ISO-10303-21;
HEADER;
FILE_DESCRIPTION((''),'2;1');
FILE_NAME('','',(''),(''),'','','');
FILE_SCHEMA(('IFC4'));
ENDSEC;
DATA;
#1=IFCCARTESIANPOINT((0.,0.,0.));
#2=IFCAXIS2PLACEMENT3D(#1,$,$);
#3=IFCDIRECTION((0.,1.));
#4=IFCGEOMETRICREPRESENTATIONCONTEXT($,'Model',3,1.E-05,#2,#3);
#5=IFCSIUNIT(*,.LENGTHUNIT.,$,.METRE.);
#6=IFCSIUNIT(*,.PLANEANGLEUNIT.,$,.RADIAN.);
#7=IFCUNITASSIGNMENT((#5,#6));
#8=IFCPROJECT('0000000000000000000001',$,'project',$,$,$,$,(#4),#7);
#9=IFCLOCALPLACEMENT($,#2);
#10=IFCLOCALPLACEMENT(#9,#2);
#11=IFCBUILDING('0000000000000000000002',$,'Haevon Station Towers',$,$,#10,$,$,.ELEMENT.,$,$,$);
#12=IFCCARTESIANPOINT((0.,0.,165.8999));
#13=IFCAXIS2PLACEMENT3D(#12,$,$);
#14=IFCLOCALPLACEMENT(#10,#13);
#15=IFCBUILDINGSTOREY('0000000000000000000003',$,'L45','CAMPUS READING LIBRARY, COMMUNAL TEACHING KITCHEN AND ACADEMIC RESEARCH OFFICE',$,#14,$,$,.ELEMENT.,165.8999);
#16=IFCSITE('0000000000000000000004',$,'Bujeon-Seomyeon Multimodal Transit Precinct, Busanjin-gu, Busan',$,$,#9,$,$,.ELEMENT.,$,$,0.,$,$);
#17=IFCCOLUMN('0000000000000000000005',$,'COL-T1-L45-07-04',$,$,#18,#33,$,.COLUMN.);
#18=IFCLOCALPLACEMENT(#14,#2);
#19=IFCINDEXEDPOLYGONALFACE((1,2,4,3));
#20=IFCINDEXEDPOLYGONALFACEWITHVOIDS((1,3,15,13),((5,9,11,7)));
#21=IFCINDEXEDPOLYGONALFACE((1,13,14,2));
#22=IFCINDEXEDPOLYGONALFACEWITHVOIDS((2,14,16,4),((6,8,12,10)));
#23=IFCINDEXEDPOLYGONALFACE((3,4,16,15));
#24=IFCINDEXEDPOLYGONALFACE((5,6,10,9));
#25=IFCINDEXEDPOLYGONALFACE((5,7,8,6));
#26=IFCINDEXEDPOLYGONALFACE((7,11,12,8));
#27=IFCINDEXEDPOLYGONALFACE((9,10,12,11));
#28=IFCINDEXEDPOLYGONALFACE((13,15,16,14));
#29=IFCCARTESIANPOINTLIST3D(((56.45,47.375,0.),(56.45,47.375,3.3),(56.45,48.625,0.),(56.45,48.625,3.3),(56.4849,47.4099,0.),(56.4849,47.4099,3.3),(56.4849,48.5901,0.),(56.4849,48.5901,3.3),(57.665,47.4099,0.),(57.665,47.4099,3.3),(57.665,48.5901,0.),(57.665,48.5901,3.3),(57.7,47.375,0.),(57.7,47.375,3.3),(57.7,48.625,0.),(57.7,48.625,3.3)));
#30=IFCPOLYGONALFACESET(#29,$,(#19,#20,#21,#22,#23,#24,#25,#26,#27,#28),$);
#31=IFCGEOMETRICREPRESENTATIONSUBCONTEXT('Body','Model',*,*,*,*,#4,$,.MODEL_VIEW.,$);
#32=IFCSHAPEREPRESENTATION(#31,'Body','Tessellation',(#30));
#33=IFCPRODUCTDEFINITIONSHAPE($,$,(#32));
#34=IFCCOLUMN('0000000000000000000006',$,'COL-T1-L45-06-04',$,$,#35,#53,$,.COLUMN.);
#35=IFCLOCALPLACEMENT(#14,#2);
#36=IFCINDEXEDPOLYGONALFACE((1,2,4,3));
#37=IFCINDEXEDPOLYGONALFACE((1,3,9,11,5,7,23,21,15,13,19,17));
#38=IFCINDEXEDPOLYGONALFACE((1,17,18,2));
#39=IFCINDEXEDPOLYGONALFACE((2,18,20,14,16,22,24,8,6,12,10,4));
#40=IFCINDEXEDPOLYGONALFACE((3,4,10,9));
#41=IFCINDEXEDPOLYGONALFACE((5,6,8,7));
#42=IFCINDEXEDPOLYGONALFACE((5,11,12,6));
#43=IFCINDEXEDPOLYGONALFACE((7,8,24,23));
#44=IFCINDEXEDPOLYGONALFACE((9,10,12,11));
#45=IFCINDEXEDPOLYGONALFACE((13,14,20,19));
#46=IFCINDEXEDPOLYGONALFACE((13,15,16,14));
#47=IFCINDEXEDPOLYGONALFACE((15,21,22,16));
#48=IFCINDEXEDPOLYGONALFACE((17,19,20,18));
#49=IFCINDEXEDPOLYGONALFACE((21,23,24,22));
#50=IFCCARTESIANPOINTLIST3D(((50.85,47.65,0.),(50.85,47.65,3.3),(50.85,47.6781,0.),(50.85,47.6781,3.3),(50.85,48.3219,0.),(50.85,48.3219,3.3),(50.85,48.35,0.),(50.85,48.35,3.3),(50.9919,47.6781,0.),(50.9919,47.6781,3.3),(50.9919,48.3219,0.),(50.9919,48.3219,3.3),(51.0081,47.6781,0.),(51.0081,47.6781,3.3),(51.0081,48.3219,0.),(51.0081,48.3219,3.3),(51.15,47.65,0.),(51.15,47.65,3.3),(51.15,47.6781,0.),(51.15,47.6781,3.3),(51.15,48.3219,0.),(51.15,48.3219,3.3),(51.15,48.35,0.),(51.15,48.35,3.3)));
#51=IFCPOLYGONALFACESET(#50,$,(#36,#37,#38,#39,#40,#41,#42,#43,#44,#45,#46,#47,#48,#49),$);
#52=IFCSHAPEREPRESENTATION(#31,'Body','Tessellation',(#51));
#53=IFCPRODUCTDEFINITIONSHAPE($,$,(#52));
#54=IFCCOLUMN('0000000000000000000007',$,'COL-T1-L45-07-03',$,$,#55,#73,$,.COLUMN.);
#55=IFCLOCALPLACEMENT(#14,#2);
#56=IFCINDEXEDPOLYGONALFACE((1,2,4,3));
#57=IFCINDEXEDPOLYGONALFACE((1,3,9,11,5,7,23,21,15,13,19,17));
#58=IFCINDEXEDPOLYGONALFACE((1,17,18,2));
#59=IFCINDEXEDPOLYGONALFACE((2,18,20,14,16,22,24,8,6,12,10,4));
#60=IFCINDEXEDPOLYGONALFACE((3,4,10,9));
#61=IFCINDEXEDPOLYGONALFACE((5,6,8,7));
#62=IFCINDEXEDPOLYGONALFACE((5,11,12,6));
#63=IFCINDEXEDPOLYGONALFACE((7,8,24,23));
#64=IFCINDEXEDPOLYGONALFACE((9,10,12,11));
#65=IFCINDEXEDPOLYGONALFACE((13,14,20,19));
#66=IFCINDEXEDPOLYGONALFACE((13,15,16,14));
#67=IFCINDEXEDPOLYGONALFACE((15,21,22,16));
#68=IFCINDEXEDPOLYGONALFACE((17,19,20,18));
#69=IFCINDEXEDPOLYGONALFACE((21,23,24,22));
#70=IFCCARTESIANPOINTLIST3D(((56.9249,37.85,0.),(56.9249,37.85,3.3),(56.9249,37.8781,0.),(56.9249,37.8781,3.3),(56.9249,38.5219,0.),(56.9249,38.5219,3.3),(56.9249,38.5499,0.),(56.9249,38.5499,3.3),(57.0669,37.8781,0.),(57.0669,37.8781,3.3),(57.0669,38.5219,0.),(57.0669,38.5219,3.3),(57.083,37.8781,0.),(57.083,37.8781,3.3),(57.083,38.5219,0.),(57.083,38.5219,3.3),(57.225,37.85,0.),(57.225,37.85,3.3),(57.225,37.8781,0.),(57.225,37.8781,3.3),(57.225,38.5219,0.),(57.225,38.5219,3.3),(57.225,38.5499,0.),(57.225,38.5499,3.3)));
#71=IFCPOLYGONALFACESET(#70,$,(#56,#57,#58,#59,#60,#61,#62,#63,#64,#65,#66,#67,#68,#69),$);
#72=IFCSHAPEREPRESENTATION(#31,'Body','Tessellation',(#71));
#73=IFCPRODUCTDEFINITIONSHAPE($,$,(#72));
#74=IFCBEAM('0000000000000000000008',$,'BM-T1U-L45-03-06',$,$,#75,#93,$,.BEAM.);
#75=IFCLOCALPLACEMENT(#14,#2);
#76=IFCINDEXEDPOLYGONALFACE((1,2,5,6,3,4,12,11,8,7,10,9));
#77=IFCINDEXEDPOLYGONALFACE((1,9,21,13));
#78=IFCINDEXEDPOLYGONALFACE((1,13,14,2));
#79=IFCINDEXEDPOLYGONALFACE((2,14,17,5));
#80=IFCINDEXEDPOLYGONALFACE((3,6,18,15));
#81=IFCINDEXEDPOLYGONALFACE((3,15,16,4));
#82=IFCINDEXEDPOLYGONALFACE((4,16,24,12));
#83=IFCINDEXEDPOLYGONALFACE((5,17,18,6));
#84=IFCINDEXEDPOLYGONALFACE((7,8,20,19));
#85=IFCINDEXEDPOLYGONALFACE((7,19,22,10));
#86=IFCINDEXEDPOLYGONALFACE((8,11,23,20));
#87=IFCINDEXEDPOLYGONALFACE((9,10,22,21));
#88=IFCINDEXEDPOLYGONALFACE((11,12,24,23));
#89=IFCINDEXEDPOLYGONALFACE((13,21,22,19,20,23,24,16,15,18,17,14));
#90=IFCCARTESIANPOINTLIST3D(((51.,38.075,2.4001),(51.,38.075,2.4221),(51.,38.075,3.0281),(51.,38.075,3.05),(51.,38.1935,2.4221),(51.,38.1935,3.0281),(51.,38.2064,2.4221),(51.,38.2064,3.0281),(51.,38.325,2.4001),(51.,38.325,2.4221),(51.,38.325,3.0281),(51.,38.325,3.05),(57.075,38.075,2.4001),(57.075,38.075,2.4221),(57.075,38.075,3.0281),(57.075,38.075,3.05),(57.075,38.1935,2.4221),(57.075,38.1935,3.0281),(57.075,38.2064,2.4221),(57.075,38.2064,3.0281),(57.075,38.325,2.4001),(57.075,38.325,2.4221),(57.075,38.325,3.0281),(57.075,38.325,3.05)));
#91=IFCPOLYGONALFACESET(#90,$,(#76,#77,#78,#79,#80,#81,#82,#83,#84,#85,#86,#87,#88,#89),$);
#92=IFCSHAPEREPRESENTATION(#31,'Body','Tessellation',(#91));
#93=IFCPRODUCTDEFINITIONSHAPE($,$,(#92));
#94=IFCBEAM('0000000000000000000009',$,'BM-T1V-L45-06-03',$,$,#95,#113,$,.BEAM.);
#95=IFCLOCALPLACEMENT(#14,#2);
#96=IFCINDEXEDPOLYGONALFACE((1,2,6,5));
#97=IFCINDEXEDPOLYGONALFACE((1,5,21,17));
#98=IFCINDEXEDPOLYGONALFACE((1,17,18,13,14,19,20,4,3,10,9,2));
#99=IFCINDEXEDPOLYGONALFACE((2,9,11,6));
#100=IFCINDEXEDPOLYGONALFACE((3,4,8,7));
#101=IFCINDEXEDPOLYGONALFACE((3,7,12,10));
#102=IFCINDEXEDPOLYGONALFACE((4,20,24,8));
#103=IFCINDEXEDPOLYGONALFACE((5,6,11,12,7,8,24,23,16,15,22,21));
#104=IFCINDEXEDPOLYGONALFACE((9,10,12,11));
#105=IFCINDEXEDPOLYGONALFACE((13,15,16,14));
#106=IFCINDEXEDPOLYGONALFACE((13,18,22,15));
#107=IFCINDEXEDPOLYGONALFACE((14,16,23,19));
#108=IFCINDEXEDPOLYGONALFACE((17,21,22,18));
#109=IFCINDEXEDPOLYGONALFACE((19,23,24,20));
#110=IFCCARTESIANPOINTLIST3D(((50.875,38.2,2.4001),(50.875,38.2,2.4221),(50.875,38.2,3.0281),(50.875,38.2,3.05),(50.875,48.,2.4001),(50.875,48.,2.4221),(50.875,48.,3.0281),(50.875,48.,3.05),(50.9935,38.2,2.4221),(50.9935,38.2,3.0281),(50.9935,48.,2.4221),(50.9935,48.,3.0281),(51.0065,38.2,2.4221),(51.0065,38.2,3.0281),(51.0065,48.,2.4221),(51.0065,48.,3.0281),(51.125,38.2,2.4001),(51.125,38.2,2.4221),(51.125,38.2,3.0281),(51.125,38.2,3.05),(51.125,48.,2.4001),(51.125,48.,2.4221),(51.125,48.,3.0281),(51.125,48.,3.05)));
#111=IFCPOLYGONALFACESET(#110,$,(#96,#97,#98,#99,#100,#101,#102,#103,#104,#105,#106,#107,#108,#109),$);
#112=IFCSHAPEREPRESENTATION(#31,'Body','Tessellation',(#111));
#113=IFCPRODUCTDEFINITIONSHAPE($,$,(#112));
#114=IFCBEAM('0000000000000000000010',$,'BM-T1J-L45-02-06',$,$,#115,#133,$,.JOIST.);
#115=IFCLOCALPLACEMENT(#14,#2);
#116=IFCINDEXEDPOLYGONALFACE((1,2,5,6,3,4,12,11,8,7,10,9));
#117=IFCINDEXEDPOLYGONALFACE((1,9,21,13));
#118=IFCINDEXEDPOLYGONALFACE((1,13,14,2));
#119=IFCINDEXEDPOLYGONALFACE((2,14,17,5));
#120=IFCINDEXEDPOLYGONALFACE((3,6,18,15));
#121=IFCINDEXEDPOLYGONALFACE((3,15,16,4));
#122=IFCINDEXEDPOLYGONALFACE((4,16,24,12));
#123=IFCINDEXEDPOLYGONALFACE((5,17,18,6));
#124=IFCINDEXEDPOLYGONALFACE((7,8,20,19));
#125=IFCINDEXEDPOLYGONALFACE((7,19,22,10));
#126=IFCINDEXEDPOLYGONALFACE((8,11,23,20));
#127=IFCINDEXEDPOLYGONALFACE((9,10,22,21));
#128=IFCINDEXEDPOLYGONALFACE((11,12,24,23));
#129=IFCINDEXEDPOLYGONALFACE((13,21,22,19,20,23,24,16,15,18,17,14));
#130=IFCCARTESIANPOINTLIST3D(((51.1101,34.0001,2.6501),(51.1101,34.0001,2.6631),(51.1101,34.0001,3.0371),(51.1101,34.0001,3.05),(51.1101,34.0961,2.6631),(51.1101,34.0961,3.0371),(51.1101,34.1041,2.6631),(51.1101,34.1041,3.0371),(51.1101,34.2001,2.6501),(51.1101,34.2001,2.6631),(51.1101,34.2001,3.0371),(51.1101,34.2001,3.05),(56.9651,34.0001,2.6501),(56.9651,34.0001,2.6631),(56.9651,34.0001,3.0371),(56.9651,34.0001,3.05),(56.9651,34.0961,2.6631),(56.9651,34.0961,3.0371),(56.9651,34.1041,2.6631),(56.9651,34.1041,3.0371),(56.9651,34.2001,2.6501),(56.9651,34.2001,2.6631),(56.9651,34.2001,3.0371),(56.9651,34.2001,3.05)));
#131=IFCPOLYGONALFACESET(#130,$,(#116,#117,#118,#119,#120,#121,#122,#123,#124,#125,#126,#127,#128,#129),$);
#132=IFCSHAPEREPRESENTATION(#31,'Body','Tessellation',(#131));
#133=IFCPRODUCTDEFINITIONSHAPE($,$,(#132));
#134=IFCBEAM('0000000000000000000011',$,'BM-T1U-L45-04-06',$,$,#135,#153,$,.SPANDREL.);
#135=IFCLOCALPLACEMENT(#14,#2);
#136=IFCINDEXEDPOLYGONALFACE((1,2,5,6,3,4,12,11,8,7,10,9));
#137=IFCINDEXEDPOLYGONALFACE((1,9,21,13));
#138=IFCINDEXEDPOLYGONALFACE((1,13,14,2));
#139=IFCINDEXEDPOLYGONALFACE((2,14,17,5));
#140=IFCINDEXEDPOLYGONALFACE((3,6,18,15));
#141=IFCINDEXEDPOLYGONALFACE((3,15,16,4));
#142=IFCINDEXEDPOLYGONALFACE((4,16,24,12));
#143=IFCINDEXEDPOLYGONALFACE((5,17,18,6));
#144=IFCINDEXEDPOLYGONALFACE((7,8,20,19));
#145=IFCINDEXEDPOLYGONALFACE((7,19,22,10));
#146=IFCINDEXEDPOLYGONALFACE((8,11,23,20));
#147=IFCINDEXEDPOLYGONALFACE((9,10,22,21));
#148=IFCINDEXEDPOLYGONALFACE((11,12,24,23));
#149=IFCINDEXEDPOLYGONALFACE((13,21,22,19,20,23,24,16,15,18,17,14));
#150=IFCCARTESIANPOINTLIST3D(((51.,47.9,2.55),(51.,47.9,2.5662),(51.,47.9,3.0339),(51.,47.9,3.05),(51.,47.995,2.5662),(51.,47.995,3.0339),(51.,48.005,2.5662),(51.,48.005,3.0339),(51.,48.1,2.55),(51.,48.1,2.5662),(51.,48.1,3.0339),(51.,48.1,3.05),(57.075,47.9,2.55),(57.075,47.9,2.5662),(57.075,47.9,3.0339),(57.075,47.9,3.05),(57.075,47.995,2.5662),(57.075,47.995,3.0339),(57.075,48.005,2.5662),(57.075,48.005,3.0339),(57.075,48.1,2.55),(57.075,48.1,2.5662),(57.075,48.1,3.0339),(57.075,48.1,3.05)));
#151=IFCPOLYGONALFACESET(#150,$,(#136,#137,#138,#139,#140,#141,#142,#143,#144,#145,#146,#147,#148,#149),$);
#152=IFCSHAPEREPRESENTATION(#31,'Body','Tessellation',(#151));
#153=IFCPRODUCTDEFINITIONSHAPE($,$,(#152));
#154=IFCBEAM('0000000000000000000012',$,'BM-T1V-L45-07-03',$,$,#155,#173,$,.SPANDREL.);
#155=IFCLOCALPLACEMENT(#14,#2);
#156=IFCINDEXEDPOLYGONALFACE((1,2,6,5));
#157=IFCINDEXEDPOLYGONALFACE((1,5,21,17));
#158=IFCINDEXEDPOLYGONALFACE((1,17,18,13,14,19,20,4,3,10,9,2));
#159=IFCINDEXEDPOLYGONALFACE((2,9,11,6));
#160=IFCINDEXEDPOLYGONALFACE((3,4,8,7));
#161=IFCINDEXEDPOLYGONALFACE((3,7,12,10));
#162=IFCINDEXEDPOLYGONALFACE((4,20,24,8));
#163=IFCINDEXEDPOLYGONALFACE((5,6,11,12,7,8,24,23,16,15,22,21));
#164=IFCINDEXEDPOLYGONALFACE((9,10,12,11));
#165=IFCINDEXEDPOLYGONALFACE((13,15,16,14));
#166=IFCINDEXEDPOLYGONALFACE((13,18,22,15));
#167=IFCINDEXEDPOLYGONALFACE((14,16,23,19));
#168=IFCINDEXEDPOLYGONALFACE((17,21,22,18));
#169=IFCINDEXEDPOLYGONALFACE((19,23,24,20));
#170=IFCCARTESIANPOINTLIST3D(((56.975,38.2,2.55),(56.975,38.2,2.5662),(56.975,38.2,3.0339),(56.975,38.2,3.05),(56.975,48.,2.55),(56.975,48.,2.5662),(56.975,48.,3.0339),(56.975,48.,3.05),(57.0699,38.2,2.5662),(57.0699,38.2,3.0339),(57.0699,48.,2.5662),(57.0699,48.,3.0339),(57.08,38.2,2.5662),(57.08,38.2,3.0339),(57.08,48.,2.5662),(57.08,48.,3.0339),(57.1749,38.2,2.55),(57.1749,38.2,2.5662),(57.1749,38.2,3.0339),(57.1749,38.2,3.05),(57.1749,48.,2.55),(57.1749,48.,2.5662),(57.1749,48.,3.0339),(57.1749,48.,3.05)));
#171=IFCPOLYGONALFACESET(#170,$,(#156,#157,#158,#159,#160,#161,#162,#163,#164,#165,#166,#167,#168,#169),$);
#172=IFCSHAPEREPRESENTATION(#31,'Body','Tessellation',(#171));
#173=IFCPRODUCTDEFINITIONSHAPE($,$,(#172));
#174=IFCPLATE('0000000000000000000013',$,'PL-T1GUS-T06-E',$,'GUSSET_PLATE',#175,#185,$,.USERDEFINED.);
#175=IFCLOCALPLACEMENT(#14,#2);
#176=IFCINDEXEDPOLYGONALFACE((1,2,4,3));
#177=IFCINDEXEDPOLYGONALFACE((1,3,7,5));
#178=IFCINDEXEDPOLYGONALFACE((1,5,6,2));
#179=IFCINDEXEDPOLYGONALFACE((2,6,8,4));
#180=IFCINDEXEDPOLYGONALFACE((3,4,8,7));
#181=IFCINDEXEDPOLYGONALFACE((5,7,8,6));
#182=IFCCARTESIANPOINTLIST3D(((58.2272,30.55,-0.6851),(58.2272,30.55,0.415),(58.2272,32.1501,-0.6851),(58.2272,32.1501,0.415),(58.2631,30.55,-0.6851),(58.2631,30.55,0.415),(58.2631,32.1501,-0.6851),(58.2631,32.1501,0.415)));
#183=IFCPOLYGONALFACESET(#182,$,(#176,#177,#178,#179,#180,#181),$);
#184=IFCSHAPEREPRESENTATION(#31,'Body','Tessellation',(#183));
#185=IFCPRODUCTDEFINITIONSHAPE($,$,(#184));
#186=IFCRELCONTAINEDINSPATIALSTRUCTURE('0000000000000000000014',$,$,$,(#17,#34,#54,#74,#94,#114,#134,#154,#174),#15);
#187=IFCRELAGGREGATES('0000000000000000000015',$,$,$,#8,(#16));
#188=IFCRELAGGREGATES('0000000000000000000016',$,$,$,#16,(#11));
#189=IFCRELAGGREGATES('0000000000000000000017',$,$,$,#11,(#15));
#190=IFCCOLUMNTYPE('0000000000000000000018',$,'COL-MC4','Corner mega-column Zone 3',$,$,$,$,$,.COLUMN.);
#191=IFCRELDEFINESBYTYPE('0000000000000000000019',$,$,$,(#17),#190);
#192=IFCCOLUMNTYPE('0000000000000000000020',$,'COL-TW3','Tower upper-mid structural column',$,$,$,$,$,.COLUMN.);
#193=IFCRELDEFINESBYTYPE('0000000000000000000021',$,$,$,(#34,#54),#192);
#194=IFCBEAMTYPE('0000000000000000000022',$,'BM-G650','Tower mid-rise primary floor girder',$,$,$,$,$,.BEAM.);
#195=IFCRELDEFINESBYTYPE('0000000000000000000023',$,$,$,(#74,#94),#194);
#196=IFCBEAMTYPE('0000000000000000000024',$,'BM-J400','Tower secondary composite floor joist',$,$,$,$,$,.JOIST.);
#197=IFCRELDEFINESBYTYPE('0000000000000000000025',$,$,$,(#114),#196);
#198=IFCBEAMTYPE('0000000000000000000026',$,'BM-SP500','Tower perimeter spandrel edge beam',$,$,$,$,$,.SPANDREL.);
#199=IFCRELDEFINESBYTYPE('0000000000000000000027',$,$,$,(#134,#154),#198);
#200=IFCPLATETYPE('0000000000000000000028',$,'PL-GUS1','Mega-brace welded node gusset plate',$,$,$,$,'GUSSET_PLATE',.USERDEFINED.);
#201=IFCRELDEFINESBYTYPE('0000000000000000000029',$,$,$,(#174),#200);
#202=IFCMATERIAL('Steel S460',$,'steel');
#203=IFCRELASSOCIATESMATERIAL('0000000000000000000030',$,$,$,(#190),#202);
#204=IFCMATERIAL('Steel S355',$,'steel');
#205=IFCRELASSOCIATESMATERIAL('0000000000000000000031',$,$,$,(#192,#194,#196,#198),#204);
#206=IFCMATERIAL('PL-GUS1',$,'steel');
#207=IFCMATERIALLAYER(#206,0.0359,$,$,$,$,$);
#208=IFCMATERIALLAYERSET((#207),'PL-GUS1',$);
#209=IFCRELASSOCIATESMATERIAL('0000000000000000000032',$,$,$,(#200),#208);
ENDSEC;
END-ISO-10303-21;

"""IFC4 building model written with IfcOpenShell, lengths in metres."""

from ifc_helpers import new_model, si_unit, direction, frame, origin, origin_2d, place, context, subcontext, project, spatial, rectangle, hollow_rectangle, i_section, extrude, material, layer, layer_set, material_profile, profile_set, type_object, element, save


model = new_model("IFC4")

# Units and contexts
model_context = context("Model", 3, precision=1e-05, world=origin(), true_north=direction((0.0, 1.0)))
body_context = subcontext(model_context, "Body", "Model", "MODEL_VIEW")
ifc_project = project(units=[si_unit("LENGTHUNIT", "METRE"), si_unit("PLANEANGLEUNIT", "RADIAN")], contexts=[model_context])

# Site, building, storey
site_placement = place(None, origin())
site = spatial("IfcSite", under=ifc_project, at=site_placement, Name="Bujeon-Seomyeon Multimodal Transit Precinct, Busanjin-gu, Busan", CompositionType="ELEMENT", RefElevation=0.0)
building_placement = place(site_placement, origin())
building = spatial("IfcBuilding", under=site, at=building_placement, Name="Haevon Station Towers", CompositionType="ELEMENT")
storey_placement = place(building_placement, frame((0.0, 0.0, 165.8999)))
storey = spatial("IfcBuildingStorey", under=building, at=storey_placement, Name="L45", Description="CAMPUS READING LIBRARY, COMMUNAL TEACHING KITCHEN AND ACADEMIC RESEARCH OFFICE", CompositionType="ELEMENT", Elevation=165.8999)

# Columns
ifc_material_1 = material(Name="Steel S460", Category="steel")
ifc_material_profile_1 = material_profile(ifc_material_1, hollow_rectangle(XDim=1.25, YDim=1.25, WallThickness=0.0349, at=origin_2d()), Name="BOX-1250x1250x35")
ifc_profile_set_1 = profile_set([ifc_material_profile_1], Name="Steel S460")
column_type_1 = type_object("IfcColumnType", Name="COL-MC4", Description="Corner mega-column Zone 3", PredefinedType="COLUMN", material=ifc_profile_set_1)
column_placement = place(storey_placement, frame((57.075, 48.0, 0.0), z_axis=(0.0, 0.0, 1.0), x_axis=(1.0, 0.0, 0.0)))
element("IfcColumn", 1, at=column_placement, inside=storey, type_object=column_type_1, Name="COL-T1-L45-07-04", PredefinedType="COLUMN", context=body_context, shape_type="SweptSolid", body=[
    extrude(hollow_rectangle(XDim=1.25, YDim=1.25, WallThickness=0.0349, at=origin_2d()), origin(), (0.0, 0.0, 1.0), 3.3),
])
ifc_material_2 = material(Name="Steel S355", Category="steel")
ifc_material_profile_2 = material_profile(ifc_material_2, i_section(OverallWidth=0.3, OverallDepth=0.7, WebThickness=0.0161, FlangeThickness=0.0281, at=origin_2d()), Name="H-700x300x16x28")
ifc_profile_set_2 = profile_set([ifc_material_profile_2], Name="Steel S355")
column_type_2 = type_object("IfcColumnType", Name="COL-TW3", Description="Tower upper-mid structural column", PredefinedType="COLUMN", material=ifc_profile_set_2)
for number, where, z_axis, x_axis, name in (
    (2, (51.0, 48.0, 0.0), (0.0, 0.0, 1.0), (1.0, 0.0, 0.0), "COL-T1-L45-06-04"),
    (3, (57.075, 38.2, 0.0), (0.0, 0.0, 1.0), (1.0, 0.0, 0.0), "COL-T1-L45-07-03"),
):
    element("IfcColumn", number, at=place(storey_placement, frame(where, z_axis=z_axis, x_axis=x_axis)), inside=storey, type_object=column_type_2, Name=name, PredefinedType="COLUMN", context=body_context, shape_type="SweptSolid", body=[
        extrude(i_section(OverallWidth=0.3, OverallDepth=0.7, WebThickness=0.0161, FlangeThickness=0.0281, at=origin_2d()), origin(), (0.0, 0.0, 1.0), 3.3),
    ])

# Beams
ifc_material_profile_3 = material_profile(ifc_material_2, i_section(OverallWidth=0.25, OverallDepth=0.6499, WebThickness=0.0129, FlangeThickness=0.022, at=origin_2d()), Name="H-650x250x13x22")
ifc_profile_set_3 = profile_set([ifc_material_profile_3], Name="Steel S355")
beam_type_1 = type_object("IfcBeamType", Name="BM-G650", Description="Tower mid-rise primary floor girder", PredefinedType="BEAM", material=ifc_profile_set_3)
beam_1_placement = place(storey_placement, frame((51.0, 38.2, 2.7251), z_axis=(1.0, 0.0, 0.0), x_axis=(0.0, 1.0, 0.0)))
element("IfcBeam", 4, at=beam_1_placement, inside=storey, type_object=beam_type_1, Name="BM-T1U-L45-03-06", PredefinedType="BEAM", context=body_context, shape_type="SweptSolid", body=[
    extrude(i_section(OverallWidth=0.25, OverallDepth=0.6499, WebThickness=0.0129, FlangeThickness=0.022, at=origin_2d()), origin(), (0.0, 0.0, 1.0), 6.075),
])
beam_2_placement = place(storey_placement, frame((51.0, 38.2, 2.7251), z_axis=(0.0, 1.0, 0.0), x_axis=(-1.0, 0.0, 0.0)))
element("IfcBeam", 5, at=beam_2_placement, inside=storey, type_object=beam_type_1, Name="BM-T1V-L45-06-03", PredefinedType="BEAM", context=body_context, shape_type="SweptSolid", body=[
    extrude(i_section(OverallWidth=0.25, OverallDepth=0.6499, WebThickness=0.0129, FlangeThickness=0.022, at=origin_2d()), origin(), (0.0, 0.0, 1.0), 9.8),
])
ifc_material_profile_4 = material_profile(ifc_material_2, i_section(OverallWidth=0.2, OverallDepth=0.3999, WebThickness=0.0081, FlangeThickness=0.0129, at=origin_2d()), Name="H-400x200x8x13")
ifc_profile_set_4 = profile_set([ifc_material_profile_4], Name="Steel S355")
beam_type_2 = type_object("IfcBeamType", Name="BM-J400", Description="Tower secondary composite floor joist", PredefinedType="JOIST", material=ifc_profile_set_4)
beam_3_placement = place(storey_placement, frame((51.1101, 34.1001, 2.8501), z_axis=(1.0, 0.0, 0.0), x_axis=(0.0, 1.0, 0.0)))
element("IfcBeam", 6, at=beam_3_placement, inside=storey, type_object=beam_type_2, Name="BM-T1J-L45-02-06", PredefinedType="JOIST", context=body_context, shape_type="SweptSolid", body=[
    extrude(i_section(OverallWidth=0.2, OverallDepth=0.3999, WebThickness=0.0081, FlangeThickness=0.0129, at=origin_2d()), origin(), (0.0, 0.0, 1.0), 5.855),
])
ifc_material_profile_5 = material_profile(ifc_material_2, i_section(OverallWidth=0.2, OverallDepth=0.5, WebThickness=0.01, FlangeThickness=0.0161, at=origin_2d()), Name="H-500x200x10x16")
ifc_profile_set_5 = profile_set([ifc_material_profile_5], Name="Steel S355")
beam_type_3 = type_object("IfcBeamType", Name="BM-SP500", Description="Tower perimeter spandrel edge beam", PredefinedType="SPANDREL", material=ifc_profile_set_5)
beam_4_placement = place(storey_placement, frame((51.0, 48.0, 2.8), z_axis=(1.0, 0.0, 0.0), x_axis=(0.0, 1.0, 0.0)))
element("IfcBeam", 7, at=beam_4_placement, inside=storey, type_object=beam_type_3, Name="BM-T1U-L45-04-06", PredefinedType="SPANDREL", context=body_context, shape_type="SweptSolid", body=[
    extrude(i_section(OverallWidth=0.2, OverallDepth=0.5, WebThickness=0.01, FlangeThickness=0.0161, at=origin_2d()), origin(), (0.0, 0.0, 1.0), 6.075),
])
beam_5_placement = place(storey_placement, frame((57.075, 38.2, 2.8), z_axis=(0.0, 1.0, 0.0), x_axis=(-1.0, 0.0, 0.0)))
element("IfcBeam", 8, at=beam_5_placement, inside=storey, type_object=beam_type_3, Name="BM-T1V-L45-07-03", PredefinedType="SPANDREL", context=body_context, shape_type="SweptSolid", body=[
    extrude(i_section(OverallWidth=0.2, OverallDepth=0.5, WebThickness=0.01, FlangeThickness=0.0161, at=origin_2d()), origin(), (0.0, 0.0, 1.0), 9.8),
])

# Plate
ifc_material_3 = material(Name="PL-GUS1", Category="steel")
ifc_layer_1 = layer(ifc_material_3, 0.0359)
ifc_layer_set_1 = layer_set([ifc_layer_1], Name="PL-GUS1")
plate_type = type_object("IfcPlateType", Name="PL-GUS1", Description="Mega-brace welded node gusset plate", ElementType="GUSSET_PLATE", PredefinedType="USERDEFINED", material=ifc_layer_set_1)
plate_placement = place(storey_placement, frame((58.2451, 31.3501, -0.6851), z_axis=(0.0, 0.0, 1.0), x_axis=(0.0, 1.0, 0.0)))
element("IfcPlate", 9, at=plate_placement, inside=storey, type_object=plate_type, Name="PL-T1GUS-T06-E", ObjectType="GUSSET_PLATE", PredefinedType="USERDEFINED", context=body_context, shape_type="SweptSolid", body=[
    extrude(rectangle(XDim=1.6001, YDim=0.0359, at=origin_2d()), origin(), (0.0, 0.0, 1.0), 1.1001),
])

save(model, "model.ifc")
